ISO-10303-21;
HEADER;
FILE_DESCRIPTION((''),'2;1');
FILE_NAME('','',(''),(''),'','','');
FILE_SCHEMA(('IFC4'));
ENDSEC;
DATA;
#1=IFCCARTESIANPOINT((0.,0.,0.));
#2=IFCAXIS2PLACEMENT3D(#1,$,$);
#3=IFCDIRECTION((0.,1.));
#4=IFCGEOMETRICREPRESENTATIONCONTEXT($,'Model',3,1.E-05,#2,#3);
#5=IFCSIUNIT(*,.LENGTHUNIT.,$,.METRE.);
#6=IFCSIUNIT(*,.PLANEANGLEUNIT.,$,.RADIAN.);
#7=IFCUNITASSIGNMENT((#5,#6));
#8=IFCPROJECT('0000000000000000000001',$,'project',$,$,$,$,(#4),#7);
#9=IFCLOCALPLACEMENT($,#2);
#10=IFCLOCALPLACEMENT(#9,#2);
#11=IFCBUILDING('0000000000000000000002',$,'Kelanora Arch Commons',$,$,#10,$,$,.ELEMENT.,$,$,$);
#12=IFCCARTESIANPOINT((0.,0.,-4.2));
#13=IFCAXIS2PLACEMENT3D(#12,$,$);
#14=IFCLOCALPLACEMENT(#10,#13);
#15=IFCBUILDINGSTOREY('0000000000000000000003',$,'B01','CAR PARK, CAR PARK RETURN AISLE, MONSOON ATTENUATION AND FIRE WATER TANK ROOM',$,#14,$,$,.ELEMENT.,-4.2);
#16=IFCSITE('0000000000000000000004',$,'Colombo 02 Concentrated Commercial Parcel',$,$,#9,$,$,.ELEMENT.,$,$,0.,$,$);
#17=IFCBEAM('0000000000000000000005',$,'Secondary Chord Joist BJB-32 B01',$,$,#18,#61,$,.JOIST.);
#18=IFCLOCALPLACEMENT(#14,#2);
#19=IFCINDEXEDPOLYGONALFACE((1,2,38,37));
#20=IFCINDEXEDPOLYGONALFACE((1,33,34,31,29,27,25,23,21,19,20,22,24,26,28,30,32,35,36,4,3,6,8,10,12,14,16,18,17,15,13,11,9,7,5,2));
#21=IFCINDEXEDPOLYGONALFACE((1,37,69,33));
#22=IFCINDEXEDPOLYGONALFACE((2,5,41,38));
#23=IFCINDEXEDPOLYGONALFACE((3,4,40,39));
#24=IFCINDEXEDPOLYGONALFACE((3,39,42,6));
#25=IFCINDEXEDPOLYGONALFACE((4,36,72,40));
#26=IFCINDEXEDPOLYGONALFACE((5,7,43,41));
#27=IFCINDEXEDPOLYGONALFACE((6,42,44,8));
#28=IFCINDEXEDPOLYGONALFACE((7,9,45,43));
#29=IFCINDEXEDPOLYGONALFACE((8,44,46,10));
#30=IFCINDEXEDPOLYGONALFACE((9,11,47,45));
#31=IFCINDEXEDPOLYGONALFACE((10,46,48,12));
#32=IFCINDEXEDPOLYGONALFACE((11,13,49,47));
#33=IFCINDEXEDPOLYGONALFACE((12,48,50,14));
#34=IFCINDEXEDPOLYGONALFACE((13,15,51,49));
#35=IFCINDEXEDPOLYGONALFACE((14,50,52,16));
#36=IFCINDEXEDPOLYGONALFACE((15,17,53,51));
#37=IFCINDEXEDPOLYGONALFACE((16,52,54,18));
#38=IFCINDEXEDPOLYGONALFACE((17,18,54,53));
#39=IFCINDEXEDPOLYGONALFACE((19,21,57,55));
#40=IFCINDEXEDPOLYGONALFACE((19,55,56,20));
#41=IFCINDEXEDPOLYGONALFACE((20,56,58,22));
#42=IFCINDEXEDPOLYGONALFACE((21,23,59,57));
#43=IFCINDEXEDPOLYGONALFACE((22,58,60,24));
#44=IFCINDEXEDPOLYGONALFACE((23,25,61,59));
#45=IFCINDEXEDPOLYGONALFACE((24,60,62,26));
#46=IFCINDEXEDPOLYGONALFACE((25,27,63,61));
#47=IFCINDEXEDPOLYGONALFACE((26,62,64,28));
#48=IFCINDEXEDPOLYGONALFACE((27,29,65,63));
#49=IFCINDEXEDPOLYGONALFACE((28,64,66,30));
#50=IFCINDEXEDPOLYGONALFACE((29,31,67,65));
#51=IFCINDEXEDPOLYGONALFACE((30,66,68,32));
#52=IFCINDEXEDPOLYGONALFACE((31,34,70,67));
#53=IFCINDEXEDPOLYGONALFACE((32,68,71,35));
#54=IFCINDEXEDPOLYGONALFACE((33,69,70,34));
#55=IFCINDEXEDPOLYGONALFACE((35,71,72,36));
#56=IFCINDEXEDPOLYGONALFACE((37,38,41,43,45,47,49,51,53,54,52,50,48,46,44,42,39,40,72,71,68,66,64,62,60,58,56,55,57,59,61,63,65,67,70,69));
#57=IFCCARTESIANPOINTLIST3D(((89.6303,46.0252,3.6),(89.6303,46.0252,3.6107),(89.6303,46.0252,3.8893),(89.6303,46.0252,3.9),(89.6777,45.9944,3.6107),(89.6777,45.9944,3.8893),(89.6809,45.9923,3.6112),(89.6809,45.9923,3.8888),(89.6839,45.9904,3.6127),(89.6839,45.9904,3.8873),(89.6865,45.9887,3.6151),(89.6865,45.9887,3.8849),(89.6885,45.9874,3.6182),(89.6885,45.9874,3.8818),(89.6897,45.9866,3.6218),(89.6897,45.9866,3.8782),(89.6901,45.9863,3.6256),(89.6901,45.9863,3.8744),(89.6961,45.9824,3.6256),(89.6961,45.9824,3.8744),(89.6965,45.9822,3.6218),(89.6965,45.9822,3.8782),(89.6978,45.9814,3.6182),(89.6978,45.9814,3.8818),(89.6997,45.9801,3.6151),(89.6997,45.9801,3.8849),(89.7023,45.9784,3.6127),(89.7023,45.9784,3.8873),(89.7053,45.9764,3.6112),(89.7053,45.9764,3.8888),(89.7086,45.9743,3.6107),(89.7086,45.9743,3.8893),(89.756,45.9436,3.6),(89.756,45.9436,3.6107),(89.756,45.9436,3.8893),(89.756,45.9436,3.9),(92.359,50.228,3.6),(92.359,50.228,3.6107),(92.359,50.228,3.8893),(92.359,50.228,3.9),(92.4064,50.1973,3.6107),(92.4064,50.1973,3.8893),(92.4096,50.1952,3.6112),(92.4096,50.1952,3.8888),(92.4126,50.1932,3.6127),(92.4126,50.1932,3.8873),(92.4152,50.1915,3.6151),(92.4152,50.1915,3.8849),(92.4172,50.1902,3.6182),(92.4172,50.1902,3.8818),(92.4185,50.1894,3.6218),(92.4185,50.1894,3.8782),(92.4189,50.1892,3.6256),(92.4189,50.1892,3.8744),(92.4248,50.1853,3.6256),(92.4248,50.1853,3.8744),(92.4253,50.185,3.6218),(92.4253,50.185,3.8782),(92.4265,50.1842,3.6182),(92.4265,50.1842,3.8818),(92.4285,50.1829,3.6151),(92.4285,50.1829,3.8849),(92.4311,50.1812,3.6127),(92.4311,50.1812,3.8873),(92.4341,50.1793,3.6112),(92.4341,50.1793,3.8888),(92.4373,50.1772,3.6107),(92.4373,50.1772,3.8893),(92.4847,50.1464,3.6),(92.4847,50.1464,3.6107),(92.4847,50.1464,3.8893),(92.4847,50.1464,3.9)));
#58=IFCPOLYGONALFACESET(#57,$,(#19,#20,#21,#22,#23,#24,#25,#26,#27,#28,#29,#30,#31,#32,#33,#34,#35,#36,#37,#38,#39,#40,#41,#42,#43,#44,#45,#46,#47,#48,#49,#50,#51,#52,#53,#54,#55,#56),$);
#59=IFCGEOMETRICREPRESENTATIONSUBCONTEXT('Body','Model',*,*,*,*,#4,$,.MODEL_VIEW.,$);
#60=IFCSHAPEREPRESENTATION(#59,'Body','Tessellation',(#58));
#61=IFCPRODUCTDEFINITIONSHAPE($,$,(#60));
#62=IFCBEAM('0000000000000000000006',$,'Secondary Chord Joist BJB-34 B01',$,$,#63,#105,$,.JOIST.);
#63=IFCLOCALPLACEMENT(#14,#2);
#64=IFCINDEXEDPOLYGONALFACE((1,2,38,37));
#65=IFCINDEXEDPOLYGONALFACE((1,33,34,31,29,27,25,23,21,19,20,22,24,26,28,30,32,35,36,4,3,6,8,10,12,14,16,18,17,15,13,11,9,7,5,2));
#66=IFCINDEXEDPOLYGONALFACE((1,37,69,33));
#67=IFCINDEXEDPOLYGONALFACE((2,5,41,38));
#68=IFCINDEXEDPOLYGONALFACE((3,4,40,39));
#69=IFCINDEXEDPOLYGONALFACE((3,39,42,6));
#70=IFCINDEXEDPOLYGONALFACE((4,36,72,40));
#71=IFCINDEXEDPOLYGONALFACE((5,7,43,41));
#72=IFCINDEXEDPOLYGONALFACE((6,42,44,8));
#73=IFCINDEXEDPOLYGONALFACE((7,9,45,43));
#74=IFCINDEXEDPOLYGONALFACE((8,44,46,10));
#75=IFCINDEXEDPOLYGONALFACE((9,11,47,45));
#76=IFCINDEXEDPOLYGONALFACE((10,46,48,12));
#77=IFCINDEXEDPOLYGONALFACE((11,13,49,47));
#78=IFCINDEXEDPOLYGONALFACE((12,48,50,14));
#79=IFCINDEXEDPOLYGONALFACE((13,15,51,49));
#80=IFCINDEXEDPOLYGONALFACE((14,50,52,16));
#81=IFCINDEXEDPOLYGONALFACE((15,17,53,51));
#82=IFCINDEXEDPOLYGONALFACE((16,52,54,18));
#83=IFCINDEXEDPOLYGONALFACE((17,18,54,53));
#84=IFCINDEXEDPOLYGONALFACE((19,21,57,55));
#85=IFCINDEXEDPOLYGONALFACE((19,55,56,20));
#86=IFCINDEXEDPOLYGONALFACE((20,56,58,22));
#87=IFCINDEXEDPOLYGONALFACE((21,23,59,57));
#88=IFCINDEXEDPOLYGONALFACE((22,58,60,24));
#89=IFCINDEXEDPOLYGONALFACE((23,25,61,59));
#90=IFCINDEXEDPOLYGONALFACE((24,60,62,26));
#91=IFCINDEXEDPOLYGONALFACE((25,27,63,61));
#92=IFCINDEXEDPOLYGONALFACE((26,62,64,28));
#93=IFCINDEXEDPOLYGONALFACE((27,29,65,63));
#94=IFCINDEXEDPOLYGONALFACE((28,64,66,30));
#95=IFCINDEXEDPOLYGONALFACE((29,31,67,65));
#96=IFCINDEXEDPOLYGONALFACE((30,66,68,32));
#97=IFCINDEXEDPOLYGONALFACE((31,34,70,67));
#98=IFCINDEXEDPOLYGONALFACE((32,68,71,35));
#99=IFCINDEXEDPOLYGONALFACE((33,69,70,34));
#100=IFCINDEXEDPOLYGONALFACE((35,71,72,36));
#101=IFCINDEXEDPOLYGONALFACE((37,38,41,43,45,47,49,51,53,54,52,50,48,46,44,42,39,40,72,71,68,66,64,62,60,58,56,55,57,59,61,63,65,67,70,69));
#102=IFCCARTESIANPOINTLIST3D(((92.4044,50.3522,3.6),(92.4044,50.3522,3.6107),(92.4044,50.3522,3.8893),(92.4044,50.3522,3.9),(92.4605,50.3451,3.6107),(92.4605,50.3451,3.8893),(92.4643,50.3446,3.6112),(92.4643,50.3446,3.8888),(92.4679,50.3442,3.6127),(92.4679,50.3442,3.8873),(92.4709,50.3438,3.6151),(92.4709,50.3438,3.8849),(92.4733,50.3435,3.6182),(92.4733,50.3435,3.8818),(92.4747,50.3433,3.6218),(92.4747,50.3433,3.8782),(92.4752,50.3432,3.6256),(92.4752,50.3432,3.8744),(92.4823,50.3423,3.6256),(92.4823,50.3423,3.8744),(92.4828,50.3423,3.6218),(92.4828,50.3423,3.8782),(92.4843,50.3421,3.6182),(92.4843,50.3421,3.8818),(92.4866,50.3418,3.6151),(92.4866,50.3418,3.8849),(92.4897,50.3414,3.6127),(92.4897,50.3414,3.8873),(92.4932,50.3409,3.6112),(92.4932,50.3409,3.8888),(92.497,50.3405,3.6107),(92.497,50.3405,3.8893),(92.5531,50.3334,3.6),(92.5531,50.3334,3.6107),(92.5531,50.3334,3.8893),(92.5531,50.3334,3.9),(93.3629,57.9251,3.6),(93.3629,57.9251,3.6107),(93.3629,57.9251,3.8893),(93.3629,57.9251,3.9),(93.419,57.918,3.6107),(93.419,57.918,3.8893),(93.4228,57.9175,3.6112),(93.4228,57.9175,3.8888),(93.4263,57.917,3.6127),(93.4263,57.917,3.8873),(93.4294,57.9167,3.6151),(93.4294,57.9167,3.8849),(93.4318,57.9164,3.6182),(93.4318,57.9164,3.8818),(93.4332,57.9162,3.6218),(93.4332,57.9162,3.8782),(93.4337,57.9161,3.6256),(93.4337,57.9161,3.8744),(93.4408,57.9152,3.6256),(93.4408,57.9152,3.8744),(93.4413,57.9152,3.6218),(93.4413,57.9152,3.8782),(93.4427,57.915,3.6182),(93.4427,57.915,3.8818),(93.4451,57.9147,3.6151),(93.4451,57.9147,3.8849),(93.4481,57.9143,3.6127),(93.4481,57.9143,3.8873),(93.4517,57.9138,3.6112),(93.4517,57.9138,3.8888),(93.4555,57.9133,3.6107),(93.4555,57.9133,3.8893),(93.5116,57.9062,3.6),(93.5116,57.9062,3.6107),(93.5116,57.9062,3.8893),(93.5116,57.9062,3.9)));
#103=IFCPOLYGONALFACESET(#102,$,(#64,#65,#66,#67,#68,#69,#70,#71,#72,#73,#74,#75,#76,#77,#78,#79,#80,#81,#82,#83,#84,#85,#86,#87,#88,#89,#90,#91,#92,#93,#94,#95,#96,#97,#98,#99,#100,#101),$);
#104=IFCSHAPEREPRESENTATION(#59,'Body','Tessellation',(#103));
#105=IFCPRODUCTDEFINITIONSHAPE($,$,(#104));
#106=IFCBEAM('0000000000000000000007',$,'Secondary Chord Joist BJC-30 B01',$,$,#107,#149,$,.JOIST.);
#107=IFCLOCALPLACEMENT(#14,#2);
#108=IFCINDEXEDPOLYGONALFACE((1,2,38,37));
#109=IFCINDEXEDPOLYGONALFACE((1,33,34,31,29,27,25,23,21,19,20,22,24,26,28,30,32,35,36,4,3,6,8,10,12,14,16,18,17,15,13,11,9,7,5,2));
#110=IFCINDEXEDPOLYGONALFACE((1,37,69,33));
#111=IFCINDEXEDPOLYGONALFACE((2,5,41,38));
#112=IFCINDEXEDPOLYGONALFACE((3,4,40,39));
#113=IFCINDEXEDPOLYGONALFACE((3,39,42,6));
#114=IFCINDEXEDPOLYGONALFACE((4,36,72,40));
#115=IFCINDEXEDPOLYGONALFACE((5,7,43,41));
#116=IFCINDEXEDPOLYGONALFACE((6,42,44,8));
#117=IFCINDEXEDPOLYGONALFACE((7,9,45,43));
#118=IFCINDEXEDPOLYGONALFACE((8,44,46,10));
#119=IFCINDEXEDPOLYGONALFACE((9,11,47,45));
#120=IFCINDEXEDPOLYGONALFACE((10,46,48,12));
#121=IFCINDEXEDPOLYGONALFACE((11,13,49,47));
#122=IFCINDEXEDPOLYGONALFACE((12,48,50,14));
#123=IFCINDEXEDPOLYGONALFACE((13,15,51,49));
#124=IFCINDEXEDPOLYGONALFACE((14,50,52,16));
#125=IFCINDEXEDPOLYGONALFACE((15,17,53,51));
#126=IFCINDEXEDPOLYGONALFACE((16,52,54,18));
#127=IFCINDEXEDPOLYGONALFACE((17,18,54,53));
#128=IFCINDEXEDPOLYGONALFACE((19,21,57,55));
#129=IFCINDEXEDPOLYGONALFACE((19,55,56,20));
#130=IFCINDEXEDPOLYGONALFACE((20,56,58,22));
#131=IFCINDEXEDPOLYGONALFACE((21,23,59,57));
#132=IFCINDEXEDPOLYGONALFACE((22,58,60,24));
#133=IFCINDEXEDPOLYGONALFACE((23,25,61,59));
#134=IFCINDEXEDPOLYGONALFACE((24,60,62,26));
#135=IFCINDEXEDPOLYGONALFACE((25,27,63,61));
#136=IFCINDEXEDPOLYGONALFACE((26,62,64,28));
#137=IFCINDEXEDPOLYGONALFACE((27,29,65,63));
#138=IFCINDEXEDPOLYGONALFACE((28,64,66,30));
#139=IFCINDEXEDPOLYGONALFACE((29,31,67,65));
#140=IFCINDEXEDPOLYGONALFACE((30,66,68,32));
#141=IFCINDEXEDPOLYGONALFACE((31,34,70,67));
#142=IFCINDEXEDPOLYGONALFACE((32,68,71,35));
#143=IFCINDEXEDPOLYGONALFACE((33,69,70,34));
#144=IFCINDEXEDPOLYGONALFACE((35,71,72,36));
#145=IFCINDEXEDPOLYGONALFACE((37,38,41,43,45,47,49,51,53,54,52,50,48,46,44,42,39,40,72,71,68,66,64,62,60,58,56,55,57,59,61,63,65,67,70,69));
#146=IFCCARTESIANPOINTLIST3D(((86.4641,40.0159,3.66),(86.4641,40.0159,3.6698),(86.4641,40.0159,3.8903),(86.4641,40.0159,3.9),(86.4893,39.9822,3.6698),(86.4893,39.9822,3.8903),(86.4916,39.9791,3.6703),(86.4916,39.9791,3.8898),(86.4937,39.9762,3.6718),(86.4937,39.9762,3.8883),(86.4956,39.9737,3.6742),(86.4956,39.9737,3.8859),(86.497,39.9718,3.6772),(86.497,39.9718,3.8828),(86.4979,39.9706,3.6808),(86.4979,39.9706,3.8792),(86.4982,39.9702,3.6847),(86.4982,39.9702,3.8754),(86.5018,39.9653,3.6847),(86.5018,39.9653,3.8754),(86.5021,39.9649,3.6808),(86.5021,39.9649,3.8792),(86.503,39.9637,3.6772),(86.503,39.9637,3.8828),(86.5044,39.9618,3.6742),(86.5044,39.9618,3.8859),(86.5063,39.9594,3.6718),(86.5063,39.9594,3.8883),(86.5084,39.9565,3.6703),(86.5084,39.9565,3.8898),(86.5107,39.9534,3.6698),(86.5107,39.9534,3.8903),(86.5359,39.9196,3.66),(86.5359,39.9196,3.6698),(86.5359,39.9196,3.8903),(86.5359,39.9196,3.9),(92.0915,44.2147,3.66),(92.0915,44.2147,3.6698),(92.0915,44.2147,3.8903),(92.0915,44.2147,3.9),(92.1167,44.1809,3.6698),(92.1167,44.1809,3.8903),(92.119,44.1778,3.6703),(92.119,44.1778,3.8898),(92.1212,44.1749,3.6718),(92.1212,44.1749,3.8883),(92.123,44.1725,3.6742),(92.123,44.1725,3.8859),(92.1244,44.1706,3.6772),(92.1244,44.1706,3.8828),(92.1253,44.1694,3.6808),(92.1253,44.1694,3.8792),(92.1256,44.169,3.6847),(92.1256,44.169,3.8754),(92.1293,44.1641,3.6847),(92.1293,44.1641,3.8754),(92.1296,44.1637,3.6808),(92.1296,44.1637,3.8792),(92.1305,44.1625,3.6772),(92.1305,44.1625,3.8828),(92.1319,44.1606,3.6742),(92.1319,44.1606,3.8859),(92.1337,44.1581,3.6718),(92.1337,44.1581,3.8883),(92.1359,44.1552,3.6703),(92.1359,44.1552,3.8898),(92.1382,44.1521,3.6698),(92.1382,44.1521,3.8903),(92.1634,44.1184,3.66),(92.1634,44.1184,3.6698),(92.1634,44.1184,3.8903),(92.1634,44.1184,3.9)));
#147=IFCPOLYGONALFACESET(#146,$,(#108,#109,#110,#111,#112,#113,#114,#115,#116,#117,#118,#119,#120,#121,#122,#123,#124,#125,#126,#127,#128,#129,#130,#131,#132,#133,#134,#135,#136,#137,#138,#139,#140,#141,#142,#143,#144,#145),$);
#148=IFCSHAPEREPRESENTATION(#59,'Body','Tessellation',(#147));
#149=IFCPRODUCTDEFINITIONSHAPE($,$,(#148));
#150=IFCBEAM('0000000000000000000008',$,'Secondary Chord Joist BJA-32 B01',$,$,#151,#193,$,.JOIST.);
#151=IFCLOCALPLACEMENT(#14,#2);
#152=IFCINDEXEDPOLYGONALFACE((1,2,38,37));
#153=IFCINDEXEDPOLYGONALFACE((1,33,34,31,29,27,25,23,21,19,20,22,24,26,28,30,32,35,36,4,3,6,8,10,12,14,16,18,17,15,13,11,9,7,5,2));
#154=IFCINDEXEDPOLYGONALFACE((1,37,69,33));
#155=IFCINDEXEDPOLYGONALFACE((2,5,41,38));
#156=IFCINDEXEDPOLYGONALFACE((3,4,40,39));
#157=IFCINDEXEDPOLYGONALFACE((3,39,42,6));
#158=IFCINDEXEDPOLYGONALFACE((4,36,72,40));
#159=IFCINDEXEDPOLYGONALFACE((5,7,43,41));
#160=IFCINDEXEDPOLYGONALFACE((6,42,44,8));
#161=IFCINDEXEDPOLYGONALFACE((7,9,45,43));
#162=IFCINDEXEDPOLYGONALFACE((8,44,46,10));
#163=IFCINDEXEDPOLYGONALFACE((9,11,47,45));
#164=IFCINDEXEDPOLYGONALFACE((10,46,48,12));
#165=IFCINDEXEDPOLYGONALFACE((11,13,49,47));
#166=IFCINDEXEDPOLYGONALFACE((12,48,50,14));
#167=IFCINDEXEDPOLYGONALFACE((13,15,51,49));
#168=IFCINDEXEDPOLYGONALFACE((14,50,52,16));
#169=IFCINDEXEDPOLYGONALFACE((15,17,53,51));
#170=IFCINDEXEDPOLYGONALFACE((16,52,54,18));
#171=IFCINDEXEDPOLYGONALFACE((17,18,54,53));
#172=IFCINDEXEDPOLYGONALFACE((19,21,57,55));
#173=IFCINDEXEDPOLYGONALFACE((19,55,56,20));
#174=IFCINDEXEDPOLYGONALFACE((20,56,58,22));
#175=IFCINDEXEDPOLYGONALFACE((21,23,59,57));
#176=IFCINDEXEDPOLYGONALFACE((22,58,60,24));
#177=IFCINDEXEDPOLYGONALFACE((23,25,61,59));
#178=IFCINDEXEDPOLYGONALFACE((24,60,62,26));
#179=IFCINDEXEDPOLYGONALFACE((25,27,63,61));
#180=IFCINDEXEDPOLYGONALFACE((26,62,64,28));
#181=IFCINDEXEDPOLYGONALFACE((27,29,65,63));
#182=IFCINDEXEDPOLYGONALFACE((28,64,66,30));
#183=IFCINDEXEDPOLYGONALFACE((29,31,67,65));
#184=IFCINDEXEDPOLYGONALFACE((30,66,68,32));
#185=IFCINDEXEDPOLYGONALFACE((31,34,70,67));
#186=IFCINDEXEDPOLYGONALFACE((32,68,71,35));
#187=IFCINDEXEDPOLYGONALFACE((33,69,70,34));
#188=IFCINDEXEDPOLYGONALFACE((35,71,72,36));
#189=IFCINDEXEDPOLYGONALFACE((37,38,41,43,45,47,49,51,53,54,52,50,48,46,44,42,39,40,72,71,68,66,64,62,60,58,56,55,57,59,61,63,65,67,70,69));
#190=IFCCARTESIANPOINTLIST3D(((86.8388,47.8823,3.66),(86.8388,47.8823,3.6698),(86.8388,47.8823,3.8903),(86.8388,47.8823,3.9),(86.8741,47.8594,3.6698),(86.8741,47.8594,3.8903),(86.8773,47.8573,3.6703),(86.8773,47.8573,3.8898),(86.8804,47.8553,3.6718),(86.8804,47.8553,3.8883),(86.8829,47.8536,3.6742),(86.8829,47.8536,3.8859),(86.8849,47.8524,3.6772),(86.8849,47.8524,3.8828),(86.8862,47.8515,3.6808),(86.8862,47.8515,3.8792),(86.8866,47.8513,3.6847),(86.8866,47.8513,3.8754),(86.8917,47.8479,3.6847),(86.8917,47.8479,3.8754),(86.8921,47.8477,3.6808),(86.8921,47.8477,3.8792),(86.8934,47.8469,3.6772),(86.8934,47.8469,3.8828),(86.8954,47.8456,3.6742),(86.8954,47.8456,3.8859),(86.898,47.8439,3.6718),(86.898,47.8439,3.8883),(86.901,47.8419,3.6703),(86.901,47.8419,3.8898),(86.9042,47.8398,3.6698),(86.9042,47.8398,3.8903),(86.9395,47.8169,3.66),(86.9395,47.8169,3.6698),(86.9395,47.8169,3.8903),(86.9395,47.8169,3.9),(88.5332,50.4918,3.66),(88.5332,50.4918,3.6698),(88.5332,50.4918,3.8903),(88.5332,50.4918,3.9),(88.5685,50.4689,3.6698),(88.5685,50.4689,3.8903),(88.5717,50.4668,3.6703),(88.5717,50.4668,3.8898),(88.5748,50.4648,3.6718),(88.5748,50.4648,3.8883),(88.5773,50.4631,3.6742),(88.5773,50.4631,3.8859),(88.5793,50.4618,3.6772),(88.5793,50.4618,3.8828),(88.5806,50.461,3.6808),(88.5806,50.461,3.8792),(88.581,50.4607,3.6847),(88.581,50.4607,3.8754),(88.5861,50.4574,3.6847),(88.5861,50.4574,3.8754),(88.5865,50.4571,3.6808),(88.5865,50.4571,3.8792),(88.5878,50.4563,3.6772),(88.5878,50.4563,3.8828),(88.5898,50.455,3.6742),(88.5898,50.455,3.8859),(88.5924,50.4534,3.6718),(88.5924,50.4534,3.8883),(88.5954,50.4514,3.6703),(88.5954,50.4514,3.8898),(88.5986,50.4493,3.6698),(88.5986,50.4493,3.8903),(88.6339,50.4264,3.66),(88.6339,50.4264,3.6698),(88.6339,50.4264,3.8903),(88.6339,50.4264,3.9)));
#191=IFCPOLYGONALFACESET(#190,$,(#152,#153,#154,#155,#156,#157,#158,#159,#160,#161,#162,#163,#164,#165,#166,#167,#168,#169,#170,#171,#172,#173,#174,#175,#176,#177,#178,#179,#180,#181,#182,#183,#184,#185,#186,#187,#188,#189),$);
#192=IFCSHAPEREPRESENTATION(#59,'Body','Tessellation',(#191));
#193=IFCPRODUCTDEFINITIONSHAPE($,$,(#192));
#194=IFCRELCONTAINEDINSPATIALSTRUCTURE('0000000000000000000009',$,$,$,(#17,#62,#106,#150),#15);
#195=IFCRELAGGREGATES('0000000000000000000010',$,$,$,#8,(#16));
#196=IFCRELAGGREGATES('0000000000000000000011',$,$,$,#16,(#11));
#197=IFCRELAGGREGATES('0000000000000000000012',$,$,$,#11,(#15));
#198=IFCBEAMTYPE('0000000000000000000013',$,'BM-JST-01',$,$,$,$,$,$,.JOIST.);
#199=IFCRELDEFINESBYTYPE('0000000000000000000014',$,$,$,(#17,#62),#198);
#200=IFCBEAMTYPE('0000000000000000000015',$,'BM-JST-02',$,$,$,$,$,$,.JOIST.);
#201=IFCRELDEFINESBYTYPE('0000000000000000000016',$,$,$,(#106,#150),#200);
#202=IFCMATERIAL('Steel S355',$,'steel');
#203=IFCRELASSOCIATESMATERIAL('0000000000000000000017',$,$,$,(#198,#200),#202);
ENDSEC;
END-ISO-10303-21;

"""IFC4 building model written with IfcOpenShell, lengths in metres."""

from ifc_helpers import new_model, si_unit, direction, frame, origin, origin_2d, place, context, subcontext, project, spatial, i_section, extrude, material, material_profile, profile_set, type_object, element, save


model = new_model("IFC4")

# Units and contexts
model_context = context("Model", 3, precision=1e-05, world=origin(), true_north=direction((0.0, 1.0)))
body_context = subcontext(model_context, "Body", "Model", "MODEL_VIEW")
ifc_project = project(units=[si_unit("LENGTHUNIT", "METRE"), si_unit("PLANEANGLEUNIT", "RADIAN")], contexts=[model_context])

# Site, building, storey
site_placement = place(None, origin())
site = spatial("IfcSite", under=ifc_project, at=site_placement, Name="Colombo 02 Concentrated Commercial Parcel", CompositionType="ELEMENT", RefElevation=0.0)
building_placement = place(site_placement, origin())
building = spatial("IfcBuilding", under=site, at=building_placement, Name="Kelanora Arch Commons", CompositionType="ELEMENT")
storey_placement = place(building_placement, frame((0.0, 0.0, -4.2)))
storey = spatial("IfcBuildingStorey", under=building, at=storey_placement, Name="B01", Description="CAR PARK, CAR PARK RETURN AISLE, MONSOON ATTENUATION AND FIRE WATER TANK ROOM", CompositionType="ELEMENT", Elevation=-4.2)

# Shared definitions
ifc_material_1 = material(Name="Steel S355", Category="steel")

# Beams
ifc_material_profile_1 = material_profile(ifc_material_1, i_section(OverallWidth=0.1499, OverallDepth=0.3, WebThickness=0.0071, FlangeThickness=0.0107, FilletRadius=0.0149, at=origin_2d()), Name="IPE300")
ifc_profile_set_1 = profile_set([ifc_material_profile_1], Name="Steel S355")
beam_type_1 = type_object("IfcBeamType", Name="BM-JST-01", PredefinedType="JOIST", material=ifc_profile_set_1)
beam_1_placement = place(storey_placement, frame((89.6931, 45.9844, 3.75), z_axis=(0.544552, 0.838727, 0.0), x_axis=(-0.838727, 0.544552, 0.0)))
element("IfcBeam", 1, at=beam_1_placement, inside=storey, type_object=beam_type_1, Name="Secondary Chord Joist BJB-32 B01", PredefinedType="JOIST", context=body_context, shape_type="SweptSolid", body=[
    extrude(i_section(OverallWidth=0.1499, OverallDepth=0.3, WebThickness=0.0071, FlangeThickness=0.0107, FilletRadius=0.0149, at=origin_2d()), origin(), (0.0, 0.0, 1.0), 5.011),
])
beam_2_placement = place(storey_placement, frame((92.4788, 50.3428, 3.75), z_axis=(0.125566, 0.992085, 0.0), x_axis=(-0.992085, 0.125566, 0.0)))
element("IfcBeam", 2, at=beam_2_placement, inside=storey, type_object=beam_type_1, Name="Secondary Chord Joist BJB-34 B01", PredefinedType="JOIST", context=body_context, shape_type="SweptSolid", body=[
    extrude(i_section(OverallWidth=0.1499, OverallDepth=0.3, WebThickness=0.0071, FlangeThickness=0.0107, FilletRadius=0.0149, at=origin_2d()), origin(), (0.0, 0.0, 1.0), 7.6333),
])
ifc_material_profile_2 = material_profile(ifc_material_1, i_section(OverallWidth=0.1201, OverallDepth=0.24, WebThickness=0.0061, FlangeThickness=0.0098, FilletRadius=0.0149, at=origin_2d()), Name="IPE240")
ifc_profile_set_2 = profile_set([ifc_material_profile_2], Name="Steel S355")
beam_type_2 = type_object("IfcBeamType", Name="BM-JST-02", PredefinedType="JOIST", material=ifc_profile_set_2)
beam_3_placement = place(storey_placement, frame((86.5, 39.9678, 3.78), z_axis=(0.801491, 0.598006, 0.0), x_axis=(-0.598006, 0.801491, 0.0)))
element("IfcBeam", 3, at=beam_3_placement, inside=storey, type_object=beam_type_2, Name="Secondary Chord Joist BJC-30 B01", PredefinedType="JOIST", context=body_context, shape_type="SweptSolid", body=[
    extrude(i_section(OverallWidth=0.1201, OverallDepth=0.24, WebThickness=0.0061, FlangeThickness=0.0098, FilletRadius=0.0149, at=origin_2d()), origin(), (0.0, 0.0, 1.0), 7.0212),
])
beam_4_placement = place(storey_placement, frame((86.8892, 47.8496, 3.78), z_axis=(0.544591, 0.838702, 0.0), x_axis=(-0.838702, 0.544591, 0.0)))
element("IfcBeam", 4, at=beam_4_placement, inside=storey, type_object=beam_type_2, Name="Secondary Chord Joist BJA-32 B01", PredefinedType="JOIST", context=body_context, shape_type="SweptSolid", body=[
    extrude(i_section(OverallWidth=0.1201, OverallDepth=0.24, WebThickness=0.0061, FlangeThickness=0.0098, FilletRadius=0.0149, at=origin_2d()), origin(), (0.0, 0.0, 1.0), 3.1113),
])

save(model, "model.ifc")
